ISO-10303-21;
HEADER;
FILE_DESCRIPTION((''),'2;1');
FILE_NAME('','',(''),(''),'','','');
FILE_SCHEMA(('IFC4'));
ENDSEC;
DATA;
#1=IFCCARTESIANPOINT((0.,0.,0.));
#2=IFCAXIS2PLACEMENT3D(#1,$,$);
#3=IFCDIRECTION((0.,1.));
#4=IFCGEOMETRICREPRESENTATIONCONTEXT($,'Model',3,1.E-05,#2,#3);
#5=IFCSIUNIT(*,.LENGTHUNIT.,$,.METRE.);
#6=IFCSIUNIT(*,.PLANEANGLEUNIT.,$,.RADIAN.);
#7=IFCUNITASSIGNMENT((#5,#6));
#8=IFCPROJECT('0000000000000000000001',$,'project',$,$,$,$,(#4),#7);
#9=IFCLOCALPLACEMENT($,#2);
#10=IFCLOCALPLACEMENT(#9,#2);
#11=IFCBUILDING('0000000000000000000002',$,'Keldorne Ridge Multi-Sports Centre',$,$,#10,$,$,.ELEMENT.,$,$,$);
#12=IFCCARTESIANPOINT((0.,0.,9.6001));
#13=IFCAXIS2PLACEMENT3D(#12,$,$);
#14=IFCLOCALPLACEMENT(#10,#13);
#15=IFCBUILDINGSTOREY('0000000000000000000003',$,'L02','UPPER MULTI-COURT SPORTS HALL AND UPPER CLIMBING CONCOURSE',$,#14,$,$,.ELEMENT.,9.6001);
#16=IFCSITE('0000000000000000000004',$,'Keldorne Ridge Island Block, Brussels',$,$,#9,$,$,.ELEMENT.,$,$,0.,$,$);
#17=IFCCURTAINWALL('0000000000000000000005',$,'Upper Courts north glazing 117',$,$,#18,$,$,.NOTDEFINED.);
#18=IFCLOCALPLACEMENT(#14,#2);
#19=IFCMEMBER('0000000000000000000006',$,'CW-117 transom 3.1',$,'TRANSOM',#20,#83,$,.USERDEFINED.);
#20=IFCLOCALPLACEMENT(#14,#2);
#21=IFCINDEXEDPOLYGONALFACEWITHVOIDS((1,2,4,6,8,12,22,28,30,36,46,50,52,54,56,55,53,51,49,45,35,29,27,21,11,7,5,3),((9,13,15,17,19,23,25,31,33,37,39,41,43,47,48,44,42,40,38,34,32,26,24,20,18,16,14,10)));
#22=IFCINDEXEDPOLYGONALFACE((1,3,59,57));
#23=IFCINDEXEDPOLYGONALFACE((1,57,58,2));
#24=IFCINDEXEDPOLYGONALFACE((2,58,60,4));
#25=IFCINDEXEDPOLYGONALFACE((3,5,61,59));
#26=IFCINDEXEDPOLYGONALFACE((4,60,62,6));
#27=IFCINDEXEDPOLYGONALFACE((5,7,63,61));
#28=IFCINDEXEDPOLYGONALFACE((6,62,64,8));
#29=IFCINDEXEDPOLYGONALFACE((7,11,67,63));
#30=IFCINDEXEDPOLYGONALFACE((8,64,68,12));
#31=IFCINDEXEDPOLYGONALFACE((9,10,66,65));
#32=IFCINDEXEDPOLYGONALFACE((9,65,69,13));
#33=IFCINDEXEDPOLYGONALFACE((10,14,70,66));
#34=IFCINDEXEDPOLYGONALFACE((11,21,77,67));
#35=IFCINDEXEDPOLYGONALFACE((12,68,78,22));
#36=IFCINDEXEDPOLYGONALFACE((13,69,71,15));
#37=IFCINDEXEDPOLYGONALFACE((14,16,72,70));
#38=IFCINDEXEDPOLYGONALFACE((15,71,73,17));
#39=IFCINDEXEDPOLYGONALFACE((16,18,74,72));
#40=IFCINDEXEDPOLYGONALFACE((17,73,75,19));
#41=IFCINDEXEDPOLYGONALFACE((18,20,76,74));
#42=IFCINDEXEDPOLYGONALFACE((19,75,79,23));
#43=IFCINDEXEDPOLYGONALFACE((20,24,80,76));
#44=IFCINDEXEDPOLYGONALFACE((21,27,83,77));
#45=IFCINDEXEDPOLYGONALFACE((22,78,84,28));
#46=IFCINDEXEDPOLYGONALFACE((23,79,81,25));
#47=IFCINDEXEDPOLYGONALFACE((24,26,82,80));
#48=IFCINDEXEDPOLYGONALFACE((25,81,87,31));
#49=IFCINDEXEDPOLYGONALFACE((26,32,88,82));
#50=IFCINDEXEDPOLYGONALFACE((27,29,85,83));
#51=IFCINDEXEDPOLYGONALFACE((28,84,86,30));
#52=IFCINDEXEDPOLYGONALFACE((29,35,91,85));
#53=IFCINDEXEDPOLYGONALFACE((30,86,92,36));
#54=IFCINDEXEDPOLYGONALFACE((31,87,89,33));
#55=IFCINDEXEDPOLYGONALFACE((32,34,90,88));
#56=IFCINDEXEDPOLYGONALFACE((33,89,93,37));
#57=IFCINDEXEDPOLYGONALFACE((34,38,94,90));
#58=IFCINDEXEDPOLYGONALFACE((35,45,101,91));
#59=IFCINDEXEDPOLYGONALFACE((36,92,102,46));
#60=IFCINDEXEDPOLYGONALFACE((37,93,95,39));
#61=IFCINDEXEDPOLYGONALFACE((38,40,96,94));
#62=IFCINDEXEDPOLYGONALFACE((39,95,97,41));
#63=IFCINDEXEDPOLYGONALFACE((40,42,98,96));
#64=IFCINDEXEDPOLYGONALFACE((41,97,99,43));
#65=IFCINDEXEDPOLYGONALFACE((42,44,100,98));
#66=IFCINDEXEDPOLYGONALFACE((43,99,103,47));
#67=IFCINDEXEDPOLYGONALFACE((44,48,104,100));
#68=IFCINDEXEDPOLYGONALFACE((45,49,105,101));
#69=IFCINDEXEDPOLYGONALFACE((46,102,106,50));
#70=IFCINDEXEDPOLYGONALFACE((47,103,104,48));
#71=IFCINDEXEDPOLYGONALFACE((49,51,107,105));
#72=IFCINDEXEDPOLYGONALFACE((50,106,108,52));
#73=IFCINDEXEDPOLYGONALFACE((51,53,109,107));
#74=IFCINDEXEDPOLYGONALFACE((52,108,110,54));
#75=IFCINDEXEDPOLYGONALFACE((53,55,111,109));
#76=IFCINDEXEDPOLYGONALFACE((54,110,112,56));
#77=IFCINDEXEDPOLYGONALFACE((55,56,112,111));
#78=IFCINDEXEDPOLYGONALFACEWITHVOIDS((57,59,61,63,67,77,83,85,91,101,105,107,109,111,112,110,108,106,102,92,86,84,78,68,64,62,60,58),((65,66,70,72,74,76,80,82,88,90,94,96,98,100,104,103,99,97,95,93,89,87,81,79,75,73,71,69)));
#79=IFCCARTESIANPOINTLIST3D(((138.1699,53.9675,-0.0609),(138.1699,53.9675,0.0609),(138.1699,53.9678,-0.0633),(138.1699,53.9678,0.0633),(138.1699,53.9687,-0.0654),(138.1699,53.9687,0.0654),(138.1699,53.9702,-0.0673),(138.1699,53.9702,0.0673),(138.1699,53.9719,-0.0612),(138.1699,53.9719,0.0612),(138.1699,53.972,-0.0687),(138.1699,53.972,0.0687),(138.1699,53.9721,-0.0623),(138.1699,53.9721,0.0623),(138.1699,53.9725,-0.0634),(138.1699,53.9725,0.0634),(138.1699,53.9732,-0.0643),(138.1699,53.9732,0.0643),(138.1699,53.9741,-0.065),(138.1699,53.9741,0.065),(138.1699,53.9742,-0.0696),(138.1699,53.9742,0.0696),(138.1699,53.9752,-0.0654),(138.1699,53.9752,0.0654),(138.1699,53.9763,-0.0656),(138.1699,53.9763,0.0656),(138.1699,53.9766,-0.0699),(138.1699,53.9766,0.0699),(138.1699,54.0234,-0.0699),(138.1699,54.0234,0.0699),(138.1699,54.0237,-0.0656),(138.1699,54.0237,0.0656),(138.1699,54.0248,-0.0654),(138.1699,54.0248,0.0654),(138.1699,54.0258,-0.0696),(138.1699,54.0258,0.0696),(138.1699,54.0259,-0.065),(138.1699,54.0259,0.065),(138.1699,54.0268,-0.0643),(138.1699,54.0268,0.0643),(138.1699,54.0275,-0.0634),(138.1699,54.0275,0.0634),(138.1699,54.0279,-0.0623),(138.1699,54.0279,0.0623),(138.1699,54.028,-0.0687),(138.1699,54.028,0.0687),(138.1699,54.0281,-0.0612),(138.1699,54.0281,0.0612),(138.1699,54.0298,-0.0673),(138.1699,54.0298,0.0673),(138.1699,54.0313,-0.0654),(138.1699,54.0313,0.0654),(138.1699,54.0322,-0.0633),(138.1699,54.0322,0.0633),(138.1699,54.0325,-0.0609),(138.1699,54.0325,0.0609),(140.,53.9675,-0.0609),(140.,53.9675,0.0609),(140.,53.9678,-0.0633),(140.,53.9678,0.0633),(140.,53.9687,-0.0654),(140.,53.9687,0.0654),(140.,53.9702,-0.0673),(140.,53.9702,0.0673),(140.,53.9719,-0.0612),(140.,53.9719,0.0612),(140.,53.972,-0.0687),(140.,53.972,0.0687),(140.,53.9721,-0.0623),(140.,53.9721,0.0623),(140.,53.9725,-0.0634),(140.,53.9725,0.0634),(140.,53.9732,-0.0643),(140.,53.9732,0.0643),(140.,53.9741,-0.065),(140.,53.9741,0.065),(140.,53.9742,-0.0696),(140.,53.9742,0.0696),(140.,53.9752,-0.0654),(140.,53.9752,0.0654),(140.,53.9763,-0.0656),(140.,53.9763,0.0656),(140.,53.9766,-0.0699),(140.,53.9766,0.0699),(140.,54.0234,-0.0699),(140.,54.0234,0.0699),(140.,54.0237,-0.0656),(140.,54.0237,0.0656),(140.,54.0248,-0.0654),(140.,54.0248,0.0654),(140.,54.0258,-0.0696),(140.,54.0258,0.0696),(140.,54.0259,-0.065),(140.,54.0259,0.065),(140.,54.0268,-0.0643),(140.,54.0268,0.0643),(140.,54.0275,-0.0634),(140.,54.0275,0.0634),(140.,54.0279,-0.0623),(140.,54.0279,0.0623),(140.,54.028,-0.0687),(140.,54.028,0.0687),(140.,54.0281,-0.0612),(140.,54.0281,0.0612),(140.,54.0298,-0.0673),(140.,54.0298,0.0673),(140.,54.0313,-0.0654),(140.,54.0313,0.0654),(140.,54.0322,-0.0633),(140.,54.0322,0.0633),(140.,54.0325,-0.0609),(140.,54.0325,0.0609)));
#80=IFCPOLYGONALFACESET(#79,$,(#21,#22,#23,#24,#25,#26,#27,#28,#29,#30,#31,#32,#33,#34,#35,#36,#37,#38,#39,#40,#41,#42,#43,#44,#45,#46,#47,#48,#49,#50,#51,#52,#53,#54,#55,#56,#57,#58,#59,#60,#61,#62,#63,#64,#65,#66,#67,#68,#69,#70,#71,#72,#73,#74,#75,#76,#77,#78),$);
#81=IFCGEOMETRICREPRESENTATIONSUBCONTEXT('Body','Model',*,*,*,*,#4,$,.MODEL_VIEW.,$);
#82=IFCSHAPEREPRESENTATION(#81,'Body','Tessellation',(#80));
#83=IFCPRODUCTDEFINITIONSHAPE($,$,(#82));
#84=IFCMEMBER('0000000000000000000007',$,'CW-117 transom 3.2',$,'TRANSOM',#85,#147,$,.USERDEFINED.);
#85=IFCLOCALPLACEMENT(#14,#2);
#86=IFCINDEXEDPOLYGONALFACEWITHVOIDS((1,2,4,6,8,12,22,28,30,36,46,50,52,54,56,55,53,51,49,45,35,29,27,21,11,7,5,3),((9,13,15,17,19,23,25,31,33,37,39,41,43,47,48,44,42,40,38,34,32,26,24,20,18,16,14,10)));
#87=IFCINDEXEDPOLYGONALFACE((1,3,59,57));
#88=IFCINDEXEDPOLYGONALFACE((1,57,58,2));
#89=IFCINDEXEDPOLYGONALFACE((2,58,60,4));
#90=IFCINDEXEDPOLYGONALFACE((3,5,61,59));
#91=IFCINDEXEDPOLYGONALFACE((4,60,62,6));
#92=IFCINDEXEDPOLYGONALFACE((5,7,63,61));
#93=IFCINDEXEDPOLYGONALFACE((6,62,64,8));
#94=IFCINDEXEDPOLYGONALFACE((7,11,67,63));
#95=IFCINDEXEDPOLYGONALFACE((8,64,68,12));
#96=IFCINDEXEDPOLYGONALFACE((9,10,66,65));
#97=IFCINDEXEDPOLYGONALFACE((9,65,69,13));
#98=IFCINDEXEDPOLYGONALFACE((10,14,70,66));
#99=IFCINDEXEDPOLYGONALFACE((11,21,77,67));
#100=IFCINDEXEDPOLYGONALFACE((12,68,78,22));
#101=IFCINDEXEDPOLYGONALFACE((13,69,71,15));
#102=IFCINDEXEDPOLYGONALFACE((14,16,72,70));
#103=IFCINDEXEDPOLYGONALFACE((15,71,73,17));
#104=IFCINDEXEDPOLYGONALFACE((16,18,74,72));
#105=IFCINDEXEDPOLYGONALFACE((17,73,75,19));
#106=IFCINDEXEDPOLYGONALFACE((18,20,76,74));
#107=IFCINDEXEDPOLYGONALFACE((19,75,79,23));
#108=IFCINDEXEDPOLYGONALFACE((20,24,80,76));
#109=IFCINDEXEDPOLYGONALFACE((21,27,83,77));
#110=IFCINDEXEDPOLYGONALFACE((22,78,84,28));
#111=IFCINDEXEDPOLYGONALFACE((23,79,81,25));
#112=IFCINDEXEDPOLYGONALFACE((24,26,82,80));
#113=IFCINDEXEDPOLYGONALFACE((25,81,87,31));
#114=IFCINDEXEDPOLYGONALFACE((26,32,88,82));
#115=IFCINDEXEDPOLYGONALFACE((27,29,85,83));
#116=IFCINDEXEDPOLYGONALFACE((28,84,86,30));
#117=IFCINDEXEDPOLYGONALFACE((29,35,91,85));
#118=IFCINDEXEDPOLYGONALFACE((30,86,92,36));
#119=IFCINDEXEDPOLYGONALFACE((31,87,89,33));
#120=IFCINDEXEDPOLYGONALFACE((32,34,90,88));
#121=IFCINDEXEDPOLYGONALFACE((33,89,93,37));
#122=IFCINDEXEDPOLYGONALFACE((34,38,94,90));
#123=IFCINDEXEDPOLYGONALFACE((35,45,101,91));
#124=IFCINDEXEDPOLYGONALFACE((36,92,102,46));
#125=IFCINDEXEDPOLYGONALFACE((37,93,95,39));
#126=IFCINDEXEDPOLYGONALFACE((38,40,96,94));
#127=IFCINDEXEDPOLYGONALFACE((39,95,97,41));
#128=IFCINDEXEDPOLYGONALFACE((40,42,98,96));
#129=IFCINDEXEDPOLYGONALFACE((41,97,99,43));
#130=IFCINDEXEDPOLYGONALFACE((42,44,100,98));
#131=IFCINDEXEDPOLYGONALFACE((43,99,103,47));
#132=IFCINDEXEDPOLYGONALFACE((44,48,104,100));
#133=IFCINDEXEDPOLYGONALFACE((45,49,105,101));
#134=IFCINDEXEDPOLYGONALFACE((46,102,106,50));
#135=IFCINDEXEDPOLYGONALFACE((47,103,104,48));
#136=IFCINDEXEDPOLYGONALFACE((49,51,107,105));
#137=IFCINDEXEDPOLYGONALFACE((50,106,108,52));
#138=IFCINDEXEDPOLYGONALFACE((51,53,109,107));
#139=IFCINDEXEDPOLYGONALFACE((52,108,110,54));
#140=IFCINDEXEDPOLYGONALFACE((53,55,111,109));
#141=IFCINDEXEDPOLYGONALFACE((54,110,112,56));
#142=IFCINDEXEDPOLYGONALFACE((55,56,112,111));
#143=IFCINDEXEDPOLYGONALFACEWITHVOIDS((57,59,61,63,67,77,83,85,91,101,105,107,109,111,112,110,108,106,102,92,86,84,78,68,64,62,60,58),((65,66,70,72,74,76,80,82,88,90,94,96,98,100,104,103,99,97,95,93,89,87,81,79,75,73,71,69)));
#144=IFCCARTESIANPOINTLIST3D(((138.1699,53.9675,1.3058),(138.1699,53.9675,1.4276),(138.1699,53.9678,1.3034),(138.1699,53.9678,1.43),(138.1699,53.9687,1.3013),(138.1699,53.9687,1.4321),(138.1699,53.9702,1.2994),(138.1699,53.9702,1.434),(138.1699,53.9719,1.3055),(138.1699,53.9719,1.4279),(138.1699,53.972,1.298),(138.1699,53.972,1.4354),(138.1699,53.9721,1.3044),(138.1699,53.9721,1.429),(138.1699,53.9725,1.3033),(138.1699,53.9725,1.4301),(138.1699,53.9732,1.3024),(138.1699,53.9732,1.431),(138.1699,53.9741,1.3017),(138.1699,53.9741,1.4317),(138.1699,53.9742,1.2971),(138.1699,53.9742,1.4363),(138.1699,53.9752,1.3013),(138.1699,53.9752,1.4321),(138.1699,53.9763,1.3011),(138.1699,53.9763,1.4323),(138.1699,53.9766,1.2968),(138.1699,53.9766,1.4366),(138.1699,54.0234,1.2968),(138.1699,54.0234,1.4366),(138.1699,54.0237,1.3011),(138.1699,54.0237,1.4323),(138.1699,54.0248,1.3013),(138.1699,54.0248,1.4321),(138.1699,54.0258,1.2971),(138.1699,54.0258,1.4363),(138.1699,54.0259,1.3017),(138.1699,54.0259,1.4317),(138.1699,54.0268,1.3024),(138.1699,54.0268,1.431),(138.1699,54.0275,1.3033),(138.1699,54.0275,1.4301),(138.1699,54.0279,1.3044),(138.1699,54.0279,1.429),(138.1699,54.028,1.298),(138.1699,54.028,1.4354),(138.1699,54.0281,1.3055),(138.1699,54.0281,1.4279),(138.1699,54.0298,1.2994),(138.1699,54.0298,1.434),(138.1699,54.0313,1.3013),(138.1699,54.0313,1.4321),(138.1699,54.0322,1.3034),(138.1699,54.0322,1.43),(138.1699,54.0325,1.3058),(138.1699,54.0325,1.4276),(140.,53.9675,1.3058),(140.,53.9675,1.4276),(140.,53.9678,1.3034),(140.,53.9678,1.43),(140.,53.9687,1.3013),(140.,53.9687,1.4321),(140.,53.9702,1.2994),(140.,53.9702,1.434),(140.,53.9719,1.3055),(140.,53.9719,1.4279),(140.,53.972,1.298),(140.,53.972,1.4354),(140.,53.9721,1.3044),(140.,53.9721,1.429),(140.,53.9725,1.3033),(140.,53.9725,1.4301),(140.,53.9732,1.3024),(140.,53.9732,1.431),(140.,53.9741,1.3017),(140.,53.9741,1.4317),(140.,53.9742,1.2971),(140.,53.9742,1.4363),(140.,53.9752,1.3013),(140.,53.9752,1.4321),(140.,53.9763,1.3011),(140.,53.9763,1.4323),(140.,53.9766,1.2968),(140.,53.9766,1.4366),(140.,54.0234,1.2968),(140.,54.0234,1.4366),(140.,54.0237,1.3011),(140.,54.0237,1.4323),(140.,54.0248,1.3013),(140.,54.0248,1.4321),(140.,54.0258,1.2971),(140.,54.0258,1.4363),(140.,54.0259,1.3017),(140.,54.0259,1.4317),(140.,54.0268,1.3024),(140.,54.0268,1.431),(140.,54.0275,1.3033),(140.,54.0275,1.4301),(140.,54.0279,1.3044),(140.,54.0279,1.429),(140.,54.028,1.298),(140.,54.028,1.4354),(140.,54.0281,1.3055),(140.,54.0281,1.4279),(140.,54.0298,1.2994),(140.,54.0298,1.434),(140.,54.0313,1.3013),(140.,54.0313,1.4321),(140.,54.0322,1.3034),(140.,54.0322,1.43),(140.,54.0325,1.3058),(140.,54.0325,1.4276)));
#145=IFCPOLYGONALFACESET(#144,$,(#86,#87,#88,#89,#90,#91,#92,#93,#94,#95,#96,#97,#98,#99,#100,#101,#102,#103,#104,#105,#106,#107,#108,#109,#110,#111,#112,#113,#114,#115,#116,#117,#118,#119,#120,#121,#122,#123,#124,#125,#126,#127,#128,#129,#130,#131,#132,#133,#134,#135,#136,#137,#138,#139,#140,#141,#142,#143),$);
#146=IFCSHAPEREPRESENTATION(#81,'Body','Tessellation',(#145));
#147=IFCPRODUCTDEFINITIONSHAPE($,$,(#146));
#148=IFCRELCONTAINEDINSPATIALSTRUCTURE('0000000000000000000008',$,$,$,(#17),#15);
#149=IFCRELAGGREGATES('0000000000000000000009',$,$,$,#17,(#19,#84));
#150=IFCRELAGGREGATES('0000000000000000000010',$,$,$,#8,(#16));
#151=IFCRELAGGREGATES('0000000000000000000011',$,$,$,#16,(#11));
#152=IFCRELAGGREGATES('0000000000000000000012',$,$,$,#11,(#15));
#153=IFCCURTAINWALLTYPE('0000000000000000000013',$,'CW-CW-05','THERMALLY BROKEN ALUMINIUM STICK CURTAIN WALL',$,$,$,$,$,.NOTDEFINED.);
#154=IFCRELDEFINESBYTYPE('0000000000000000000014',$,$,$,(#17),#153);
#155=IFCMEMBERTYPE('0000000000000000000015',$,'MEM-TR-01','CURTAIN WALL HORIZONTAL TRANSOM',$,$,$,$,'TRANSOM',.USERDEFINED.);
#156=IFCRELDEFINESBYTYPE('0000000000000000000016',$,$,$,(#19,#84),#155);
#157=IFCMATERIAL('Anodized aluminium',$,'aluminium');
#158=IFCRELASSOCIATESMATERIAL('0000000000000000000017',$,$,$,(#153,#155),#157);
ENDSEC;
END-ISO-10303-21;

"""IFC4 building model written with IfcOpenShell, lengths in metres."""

from ifc_helpers import new_model, si_unit, direction, frame, origin, origin_2d, place, context, subcontext, project, spatial, hollow_rectangle, extrude, material, material_profile, profile_set, type_object, element, aggregate, save


model = new_model("IFC4")

# Units and contexts
model_context = context("Model", 3, precision=1e-05, world=origin(), true_north=direction((0.0, 1.0)))
body_context = subcontext(model_context, "Body", "Model", "MODEL_VIEW")
ifc_project = project(units=[si_unit("LENGTHUNIT", "METRE"), si_unit("PLANEANGLEUNIT", "RADIAN")], contexts=[model_context])

# Site, building, storey
site_placement = place(None, origin())
site = spatial("IfcSite", under=ifc_project, at=site_placement, Name="Keldorne Ridge Island Block, Brussels", CompositionType="ELEMENT", RefElevation=0.0)
building_placement = place(site_placement, origin())
building = spatial("IfcBuilding", under=site, at=building_placement, Name="Keldorne Ridge Multi-Sports Centre", CompositionType="ELEMENT")
storey_placement = place(building_placement, frame((0.0, 0.0, 9.6001)))
storey = spatial("IfcBuildingStorey", under=building, at=storey_placement, Name="L02", Description="UPPER MULTI-COURT SPORTS HALL AND UPPER CLIMBING CONCOURSE", CompositionType="ELEMENT", Elevation=9.6001)

# Curtain wall
ifc_material_1 = material(Name="Anodized aluminium", Category="aluminium")
curtain_wall_type_1 = type_object("IfcCurtainWallType", Name="CW-CW-05", Description="THERMALLY BROKEN ALUMINIUM STICK CURTAIN WALL", PredefinedType="NOTDEFINED", material=ifc_material_1)
curtain_wall_1_placement = place(storey_placement, origin())
curtain_wall_1 = element("IfcCurtainWall", 1, at=curtain_wall_1_placement, inside=storey, type_object=curtain_wall_type_1, Name="Upper Courts north glazing 117", PredefinedType="NOTDEFINED")
ifc_material_profile_1 = material_profile(ifc_material_1, hollow_rectangle(XDim=0.0649, YDim=0.1399, WallThickness=0.0044, InnerFilletRadius=0.0044, OuterFilletRadius=0.009, at=origin_2d()), Name="ALU TRANSOM 140x65x4.5")
ifc_profile_set_1 = profile_set([ifc_material_profile_1], Name="Anodized aluminium")
member_type_1 = type_object("IfcMemberType", Name="MEM-TR-01", Description="CURTAIN WALL HORIZONTAL TRANSOM", ElementType="TRANSOM", PredefinedType="USERDEFINED", material=ifc_profile_set_1)

# Members
member_1_placement = place(storey_placement, frame((140.0, 54.0, 0.0), z_axis=(-1.0, 0.0, 0.0), x_axis=(0.0, -1.0, 0.0)))
member_1 = element("IfcMember", 2, at=member_1_placement, type_object=member_type_1, Name="CW-117 transom 3.1", ObjectType="TRANSOM", PredefinedType="USERDEFINED", context=body_context, shape_type="SweptSolid", body=[
    extrude(hollow_rectangle(XDim=0.0649, YDim=0.1399, WallThickness=0.0044, InnerFilletRadius=0.0044, OuterFilletRadius=0.009, at=origin_2d()), origin(), (0.0, 0.0, 1.0), 1.8301),
])
member_2_placement = place(storey_placement, frame((140.0, 54.0, 1.3667), z_axis=(-1.0, 0.0, 0.0), x_axis=(0.0, -1.0, 0.0)))
member_2 = element("IfcMember", 3, at=member_2_placement, type_object=member_type_1, Name="CW-117 transom 3.2", ObjectType="TRANSOM", PredefinedType="USERDEFINED", context=body_context, shape_type="SweptSolid", body=[
    extrude(hollow_rectangle(XDim=0.0649, YDim=0.1399, WallThickness=0.0044, InnerFilletRadius=0.0044, OuterFilletRadius=0.009, at=origin_2d()), origin(), (0.0, 0.0, 1.0), 1.8301),
])

aggregate(curtain_wall_1, [member_1, member_2])

save(model, "model.ifc")
